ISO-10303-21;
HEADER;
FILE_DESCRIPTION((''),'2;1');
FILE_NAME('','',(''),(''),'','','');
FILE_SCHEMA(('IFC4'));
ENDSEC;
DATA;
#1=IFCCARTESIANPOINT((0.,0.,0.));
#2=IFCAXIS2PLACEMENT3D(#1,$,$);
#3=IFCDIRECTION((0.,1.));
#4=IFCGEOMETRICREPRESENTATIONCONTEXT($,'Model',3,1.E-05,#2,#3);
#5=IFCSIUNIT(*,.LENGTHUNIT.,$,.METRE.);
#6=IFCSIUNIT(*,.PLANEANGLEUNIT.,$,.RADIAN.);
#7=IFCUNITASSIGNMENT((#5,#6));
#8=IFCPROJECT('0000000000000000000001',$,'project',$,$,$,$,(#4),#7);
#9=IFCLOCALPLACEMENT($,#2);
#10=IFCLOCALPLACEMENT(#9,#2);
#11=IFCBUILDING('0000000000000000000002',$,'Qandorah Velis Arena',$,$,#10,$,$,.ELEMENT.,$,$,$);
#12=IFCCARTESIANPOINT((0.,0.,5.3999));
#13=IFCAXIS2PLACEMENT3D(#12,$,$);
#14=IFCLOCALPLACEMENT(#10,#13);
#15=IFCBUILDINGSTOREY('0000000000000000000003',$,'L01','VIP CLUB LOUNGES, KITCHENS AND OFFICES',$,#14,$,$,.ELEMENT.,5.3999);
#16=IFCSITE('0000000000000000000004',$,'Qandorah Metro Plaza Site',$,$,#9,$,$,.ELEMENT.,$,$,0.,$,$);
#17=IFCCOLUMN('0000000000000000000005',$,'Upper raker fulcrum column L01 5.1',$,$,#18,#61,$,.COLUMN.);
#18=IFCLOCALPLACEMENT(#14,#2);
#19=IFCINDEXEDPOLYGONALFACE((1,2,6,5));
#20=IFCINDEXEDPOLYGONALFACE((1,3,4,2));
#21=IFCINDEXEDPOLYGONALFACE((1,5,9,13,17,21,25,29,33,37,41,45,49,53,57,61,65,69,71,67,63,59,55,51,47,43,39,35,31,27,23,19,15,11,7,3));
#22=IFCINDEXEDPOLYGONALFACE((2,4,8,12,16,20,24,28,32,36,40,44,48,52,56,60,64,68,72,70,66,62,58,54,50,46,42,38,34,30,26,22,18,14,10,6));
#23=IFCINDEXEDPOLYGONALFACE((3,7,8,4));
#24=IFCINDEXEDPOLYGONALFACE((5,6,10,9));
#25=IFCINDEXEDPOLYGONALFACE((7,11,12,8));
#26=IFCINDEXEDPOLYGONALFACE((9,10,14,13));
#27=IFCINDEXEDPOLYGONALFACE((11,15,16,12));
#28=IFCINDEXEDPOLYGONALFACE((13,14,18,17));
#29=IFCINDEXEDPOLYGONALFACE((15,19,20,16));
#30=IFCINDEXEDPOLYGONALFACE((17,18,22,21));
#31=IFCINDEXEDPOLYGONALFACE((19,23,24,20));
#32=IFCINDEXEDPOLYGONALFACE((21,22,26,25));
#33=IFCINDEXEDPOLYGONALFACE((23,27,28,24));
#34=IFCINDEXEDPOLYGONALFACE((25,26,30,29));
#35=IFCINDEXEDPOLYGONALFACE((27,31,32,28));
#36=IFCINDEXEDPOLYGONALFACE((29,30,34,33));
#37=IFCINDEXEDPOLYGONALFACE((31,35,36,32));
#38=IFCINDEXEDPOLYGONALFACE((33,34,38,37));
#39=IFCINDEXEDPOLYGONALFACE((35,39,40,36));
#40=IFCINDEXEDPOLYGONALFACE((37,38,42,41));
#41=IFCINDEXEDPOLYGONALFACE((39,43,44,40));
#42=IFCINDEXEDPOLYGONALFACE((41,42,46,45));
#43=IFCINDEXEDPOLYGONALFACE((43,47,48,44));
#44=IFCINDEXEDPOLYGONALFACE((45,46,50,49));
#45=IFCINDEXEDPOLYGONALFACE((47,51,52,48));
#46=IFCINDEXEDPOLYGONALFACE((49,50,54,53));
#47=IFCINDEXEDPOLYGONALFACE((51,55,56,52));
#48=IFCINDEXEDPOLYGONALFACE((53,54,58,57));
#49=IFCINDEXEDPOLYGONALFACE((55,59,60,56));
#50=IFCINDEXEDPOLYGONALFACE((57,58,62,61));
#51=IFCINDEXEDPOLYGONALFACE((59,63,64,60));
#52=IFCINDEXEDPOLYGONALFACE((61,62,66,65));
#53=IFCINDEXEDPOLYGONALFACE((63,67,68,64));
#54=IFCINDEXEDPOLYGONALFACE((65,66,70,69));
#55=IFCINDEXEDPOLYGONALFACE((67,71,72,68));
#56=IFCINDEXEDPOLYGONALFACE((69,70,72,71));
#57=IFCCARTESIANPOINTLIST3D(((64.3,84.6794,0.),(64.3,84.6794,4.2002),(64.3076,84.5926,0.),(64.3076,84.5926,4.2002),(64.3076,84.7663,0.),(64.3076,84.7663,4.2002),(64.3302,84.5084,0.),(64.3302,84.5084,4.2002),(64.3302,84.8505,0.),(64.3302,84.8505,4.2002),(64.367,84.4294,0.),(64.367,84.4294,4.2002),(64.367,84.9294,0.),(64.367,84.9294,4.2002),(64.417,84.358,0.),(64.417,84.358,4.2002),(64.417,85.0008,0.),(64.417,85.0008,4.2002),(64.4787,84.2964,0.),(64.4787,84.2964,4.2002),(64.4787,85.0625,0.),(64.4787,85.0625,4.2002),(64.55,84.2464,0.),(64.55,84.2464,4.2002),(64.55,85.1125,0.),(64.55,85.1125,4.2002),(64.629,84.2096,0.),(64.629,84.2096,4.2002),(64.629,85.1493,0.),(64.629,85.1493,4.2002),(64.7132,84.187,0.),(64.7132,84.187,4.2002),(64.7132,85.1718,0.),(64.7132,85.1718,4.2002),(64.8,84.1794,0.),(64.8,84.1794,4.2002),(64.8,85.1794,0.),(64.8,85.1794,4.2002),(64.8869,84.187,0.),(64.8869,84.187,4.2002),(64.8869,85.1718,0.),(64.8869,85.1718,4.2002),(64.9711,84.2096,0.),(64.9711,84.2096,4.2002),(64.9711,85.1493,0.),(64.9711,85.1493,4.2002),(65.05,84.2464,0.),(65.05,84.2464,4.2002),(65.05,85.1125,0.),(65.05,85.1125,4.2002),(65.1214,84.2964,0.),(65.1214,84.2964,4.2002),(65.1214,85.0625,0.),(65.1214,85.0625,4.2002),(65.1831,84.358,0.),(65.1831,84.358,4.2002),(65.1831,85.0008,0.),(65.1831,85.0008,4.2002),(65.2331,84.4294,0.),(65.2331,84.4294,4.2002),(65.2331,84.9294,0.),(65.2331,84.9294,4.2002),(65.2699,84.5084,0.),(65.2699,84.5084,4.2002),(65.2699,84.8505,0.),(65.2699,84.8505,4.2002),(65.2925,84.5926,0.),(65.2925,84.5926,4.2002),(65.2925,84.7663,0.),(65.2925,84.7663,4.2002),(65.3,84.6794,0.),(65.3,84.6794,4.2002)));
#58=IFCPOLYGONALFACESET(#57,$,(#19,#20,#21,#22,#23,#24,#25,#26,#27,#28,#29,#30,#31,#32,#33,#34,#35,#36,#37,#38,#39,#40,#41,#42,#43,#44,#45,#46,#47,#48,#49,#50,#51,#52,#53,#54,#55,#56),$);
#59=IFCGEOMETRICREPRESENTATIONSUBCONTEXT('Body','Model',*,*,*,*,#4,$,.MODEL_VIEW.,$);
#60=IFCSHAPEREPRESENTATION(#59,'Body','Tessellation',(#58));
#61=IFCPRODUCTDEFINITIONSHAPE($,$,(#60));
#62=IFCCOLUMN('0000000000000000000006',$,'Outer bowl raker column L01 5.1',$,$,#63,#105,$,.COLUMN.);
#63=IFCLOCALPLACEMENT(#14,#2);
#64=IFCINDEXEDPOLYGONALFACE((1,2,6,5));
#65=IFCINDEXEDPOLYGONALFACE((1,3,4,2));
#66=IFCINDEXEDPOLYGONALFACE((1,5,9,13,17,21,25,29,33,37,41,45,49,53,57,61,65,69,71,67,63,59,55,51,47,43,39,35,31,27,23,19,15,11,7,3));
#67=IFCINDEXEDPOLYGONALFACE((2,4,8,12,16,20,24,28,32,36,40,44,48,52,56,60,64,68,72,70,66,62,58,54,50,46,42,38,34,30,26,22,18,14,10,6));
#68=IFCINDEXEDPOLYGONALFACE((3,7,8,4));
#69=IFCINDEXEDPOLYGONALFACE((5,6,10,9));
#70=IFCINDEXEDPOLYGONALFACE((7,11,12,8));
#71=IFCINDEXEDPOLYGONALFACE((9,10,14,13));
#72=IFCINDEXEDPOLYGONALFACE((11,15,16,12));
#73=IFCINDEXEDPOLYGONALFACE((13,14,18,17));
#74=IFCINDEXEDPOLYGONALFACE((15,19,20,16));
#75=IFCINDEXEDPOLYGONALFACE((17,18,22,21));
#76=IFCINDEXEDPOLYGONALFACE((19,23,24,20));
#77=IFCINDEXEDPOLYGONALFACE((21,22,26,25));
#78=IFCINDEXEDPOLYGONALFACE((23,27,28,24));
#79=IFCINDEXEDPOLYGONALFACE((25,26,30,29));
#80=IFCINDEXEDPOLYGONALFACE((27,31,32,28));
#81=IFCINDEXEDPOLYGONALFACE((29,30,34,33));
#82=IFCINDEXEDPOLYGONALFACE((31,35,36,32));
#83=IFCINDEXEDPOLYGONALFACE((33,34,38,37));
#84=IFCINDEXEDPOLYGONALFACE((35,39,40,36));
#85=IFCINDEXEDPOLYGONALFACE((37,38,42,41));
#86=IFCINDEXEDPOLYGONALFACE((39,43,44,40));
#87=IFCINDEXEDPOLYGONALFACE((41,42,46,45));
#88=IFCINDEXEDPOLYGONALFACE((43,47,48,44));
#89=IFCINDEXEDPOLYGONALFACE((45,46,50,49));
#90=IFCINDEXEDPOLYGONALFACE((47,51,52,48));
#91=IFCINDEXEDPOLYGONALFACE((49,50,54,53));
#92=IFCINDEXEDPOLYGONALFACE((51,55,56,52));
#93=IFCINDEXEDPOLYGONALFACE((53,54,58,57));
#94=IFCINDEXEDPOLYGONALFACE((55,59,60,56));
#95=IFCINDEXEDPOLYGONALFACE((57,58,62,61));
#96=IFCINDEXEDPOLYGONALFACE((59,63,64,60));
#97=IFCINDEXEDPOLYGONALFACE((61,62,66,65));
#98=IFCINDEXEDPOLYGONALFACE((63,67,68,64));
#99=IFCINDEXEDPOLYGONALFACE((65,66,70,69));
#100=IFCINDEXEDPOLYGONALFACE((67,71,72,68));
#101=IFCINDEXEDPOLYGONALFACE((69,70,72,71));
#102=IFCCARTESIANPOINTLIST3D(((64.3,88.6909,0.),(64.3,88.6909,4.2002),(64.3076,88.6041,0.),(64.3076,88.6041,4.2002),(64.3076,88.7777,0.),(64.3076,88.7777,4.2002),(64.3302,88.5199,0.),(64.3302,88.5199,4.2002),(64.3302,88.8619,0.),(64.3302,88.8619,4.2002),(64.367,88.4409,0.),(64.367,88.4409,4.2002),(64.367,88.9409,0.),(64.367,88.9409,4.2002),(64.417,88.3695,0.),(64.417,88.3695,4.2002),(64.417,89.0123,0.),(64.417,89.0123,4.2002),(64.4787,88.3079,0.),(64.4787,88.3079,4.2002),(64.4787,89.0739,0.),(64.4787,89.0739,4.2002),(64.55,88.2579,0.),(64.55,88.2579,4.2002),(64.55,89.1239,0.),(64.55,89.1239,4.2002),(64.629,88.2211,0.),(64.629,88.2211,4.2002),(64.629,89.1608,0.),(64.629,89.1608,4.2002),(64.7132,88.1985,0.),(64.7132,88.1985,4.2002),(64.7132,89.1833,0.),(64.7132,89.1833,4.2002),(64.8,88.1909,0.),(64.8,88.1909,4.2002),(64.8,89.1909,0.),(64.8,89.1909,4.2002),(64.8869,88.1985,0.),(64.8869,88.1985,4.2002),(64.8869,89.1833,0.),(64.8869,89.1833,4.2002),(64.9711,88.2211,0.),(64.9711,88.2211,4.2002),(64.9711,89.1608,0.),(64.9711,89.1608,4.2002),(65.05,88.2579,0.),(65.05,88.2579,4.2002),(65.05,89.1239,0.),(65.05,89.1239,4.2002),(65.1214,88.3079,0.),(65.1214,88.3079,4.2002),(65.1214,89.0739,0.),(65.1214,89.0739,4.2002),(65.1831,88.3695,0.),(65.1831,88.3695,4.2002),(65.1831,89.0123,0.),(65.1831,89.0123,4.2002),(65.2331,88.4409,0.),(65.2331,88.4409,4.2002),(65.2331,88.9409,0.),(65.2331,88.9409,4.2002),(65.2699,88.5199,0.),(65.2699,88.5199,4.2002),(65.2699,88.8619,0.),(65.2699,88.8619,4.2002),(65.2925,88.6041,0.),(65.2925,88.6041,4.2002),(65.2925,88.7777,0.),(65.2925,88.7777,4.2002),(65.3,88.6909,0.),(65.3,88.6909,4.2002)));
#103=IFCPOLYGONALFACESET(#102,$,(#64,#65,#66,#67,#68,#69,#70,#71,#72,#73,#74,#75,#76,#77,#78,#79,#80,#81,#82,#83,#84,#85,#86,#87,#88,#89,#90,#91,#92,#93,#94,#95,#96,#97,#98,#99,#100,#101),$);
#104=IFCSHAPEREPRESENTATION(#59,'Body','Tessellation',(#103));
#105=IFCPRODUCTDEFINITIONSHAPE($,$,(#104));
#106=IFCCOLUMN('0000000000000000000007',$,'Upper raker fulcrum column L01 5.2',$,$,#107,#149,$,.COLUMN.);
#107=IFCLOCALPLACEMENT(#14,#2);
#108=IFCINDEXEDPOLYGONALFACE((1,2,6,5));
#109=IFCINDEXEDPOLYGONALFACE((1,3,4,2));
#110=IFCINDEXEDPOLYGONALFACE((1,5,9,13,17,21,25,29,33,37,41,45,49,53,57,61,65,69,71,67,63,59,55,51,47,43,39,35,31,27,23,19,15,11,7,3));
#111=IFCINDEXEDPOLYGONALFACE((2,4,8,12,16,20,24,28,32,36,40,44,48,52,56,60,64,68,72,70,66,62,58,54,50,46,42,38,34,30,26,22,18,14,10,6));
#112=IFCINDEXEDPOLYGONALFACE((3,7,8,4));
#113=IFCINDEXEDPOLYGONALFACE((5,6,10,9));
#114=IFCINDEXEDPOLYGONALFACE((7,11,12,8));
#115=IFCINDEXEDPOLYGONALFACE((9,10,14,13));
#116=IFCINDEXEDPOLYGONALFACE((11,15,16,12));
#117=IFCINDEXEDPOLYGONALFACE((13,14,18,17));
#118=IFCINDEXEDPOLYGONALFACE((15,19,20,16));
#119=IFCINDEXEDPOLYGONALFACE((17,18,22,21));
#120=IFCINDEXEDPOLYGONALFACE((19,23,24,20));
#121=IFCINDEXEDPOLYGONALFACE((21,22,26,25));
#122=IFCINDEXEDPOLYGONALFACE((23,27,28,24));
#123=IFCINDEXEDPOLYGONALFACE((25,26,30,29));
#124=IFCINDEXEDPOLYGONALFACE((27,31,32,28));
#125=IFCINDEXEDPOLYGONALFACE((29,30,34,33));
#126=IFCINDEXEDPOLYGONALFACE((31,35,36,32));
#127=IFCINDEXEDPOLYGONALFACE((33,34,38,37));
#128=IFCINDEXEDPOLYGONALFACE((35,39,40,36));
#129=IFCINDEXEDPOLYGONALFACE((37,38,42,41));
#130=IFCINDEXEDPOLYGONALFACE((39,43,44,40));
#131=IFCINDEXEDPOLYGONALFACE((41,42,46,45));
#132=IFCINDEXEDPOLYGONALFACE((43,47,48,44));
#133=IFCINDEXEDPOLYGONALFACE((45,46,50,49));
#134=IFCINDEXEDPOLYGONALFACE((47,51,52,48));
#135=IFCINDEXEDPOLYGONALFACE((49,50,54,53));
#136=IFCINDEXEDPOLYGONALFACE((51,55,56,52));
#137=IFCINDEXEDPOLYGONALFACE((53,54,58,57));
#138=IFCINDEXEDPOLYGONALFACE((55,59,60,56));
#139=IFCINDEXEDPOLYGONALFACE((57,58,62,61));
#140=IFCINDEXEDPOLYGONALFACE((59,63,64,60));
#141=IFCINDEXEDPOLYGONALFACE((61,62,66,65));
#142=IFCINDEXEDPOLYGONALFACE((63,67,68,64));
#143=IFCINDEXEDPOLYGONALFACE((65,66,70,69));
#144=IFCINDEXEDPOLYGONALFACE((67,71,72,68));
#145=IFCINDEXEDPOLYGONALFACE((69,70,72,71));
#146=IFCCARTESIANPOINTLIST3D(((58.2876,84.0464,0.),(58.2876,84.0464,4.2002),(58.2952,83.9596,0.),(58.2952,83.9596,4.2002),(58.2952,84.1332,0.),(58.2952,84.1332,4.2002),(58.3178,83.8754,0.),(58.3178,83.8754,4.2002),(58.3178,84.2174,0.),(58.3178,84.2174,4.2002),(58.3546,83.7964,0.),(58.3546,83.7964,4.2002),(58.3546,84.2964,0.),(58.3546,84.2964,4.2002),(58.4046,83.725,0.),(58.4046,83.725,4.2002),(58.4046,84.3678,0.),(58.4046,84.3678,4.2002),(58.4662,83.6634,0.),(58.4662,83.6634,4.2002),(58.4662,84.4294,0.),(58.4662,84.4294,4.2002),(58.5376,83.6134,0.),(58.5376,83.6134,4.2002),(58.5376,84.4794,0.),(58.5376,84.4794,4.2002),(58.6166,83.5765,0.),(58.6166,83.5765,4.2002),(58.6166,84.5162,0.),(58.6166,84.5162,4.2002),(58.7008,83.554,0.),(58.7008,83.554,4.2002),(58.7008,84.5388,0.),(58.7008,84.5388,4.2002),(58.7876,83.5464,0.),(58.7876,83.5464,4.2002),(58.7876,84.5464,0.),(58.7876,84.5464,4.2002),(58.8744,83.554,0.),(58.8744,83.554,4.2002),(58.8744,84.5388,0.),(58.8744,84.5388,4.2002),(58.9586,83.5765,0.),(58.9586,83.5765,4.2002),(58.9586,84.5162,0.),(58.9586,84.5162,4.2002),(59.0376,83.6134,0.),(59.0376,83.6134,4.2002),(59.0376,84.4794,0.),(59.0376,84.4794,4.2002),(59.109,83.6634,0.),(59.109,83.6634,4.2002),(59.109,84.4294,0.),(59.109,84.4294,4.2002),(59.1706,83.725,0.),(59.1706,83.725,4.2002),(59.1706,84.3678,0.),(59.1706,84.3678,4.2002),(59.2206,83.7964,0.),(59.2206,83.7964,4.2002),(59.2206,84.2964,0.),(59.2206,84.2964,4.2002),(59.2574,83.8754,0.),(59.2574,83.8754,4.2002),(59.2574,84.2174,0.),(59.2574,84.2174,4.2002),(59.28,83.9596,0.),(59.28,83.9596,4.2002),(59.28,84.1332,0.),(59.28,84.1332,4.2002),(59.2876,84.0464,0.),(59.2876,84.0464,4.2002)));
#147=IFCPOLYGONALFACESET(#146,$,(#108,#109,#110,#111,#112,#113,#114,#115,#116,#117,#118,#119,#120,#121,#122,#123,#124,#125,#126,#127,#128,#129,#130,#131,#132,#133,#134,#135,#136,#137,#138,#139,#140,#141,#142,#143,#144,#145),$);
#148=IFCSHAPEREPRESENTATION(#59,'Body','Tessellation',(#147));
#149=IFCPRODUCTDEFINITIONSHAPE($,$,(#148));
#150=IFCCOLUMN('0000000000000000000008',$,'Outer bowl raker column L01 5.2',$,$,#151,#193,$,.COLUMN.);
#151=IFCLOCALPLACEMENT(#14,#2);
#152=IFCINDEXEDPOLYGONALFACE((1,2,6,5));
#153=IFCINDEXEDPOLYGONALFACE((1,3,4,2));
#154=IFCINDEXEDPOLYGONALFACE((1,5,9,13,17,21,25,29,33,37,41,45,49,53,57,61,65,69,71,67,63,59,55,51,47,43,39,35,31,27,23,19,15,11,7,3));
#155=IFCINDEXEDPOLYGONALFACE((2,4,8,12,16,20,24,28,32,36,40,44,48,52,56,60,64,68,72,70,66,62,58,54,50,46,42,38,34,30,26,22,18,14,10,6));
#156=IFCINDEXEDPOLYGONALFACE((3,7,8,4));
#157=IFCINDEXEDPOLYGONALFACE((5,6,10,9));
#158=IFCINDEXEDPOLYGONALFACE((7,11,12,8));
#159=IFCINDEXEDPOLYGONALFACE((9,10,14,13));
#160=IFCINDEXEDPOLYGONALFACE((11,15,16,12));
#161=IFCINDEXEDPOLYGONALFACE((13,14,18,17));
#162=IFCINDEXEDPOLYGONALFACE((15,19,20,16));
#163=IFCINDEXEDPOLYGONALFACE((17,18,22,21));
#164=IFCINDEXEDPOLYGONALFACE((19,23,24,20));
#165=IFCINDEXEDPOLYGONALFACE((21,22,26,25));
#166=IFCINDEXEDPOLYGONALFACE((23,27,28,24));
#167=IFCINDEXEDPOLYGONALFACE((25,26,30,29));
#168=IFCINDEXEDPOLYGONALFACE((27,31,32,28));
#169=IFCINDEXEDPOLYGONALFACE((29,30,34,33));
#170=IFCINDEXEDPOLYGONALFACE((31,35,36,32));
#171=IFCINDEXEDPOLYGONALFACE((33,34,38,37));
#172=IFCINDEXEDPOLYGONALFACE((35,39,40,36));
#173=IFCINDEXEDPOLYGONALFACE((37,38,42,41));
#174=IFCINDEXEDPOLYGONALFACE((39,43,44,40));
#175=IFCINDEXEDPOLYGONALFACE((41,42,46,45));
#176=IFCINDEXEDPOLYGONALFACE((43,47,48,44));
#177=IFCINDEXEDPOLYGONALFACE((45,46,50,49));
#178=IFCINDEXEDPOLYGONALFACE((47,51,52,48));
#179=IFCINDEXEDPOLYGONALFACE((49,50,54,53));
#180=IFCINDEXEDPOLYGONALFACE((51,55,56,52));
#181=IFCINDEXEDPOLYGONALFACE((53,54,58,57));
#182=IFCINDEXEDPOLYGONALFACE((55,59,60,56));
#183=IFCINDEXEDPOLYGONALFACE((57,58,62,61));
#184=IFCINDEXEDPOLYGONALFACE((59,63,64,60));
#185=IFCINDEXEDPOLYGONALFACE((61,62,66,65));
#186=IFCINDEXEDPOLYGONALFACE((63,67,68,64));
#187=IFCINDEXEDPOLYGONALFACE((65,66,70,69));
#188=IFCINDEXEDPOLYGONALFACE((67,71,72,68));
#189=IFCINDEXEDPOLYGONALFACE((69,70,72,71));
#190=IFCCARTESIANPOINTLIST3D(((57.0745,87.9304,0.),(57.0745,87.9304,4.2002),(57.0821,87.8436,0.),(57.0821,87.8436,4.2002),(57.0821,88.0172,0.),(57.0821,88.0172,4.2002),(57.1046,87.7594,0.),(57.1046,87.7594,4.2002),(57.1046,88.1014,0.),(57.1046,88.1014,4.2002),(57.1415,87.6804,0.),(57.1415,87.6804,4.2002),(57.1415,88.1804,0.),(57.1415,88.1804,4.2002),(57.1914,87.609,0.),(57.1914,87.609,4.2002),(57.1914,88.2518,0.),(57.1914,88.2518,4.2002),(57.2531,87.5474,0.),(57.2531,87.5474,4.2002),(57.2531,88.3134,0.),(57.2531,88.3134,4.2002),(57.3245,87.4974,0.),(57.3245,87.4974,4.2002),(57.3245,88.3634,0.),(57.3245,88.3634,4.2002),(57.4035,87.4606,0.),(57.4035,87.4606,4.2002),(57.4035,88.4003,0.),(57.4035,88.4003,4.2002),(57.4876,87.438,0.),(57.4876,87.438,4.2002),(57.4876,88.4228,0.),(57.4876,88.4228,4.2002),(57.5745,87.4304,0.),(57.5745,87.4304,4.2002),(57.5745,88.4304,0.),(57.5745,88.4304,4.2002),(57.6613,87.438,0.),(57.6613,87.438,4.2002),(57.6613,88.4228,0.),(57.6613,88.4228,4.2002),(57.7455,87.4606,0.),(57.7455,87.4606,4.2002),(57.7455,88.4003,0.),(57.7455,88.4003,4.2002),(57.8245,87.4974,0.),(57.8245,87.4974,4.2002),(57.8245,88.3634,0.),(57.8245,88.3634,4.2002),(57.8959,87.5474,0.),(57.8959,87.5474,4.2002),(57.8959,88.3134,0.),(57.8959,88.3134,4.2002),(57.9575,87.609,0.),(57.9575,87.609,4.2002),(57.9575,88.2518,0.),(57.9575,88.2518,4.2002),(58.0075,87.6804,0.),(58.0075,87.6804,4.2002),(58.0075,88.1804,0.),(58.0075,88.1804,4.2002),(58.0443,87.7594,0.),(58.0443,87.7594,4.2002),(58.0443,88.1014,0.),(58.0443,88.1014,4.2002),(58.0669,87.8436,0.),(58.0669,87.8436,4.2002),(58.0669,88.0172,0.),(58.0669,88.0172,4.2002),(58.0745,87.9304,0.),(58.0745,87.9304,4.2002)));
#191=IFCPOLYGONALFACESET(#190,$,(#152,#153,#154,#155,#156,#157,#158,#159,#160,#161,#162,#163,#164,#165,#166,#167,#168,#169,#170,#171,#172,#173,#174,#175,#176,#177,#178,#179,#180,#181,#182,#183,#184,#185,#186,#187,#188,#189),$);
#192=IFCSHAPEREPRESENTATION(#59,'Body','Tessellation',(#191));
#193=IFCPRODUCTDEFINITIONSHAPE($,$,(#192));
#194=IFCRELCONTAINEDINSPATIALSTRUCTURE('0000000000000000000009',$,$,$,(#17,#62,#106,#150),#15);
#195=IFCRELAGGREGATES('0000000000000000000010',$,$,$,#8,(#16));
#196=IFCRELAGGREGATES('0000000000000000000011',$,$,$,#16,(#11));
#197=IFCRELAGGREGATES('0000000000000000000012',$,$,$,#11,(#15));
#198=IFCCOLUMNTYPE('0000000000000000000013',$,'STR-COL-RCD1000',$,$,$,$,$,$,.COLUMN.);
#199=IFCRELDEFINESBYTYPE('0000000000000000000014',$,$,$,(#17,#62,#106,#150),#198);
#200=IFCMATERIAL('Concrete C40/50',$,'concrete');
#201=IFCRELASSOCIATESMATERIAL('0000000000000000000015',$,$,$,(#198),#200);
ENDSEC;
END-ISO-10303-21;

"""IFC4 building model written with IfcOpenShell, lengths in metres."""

from ifc_helpers import new_model, si_unit, direction, frame, origin, origin_2d, place, context, subcontext, project, spatial, circle, extrude, material, material_profile, profile_set, type_object, element, save


model = new_model("IFC4")

# Units and contexts
model_context = context("Model", 3, precision=1e-05, world=origin(), true_north=direction((0.0, 1.0)))
body_context = subcontext(model_context, "Body", "Model", "MODEL_VIEW")
ifc_project = project(units=[si_unit("LENGTHUNIT", "METRE"), si_unit("PLANEANGLEUNIT", "RADIAN")], contexts=[model_context])

# Site, building, storey
site_placement = place(None, origin())
site = spatial("IfcSite", under=ifc_project, at=site_placement, Name="Qandorah Metro Plaza Site", CompositionType="ELEMENT", RefElevation=0.0)
building_placement = place(site_placement, origin())
building = spatial("IfcBuilding", under=site, at=building_placement, Name="Qandorah Velis Arena", CompositionType="ELEMENT")
storey_placement = place(building_placement, frame((0.0, 0.0, 5.3999)))
storey = spatial("IfcBuildingStorey", under=building, at=storey_placement, Name="L01", Description="VIP CLUB LOUNGES, KITCHENS AND OFFICES", CompositionType="ELEMENT", Elevation=5.3999)

# Columns
ifc_material_1 = material(Name="Concrete C40/50", Category="concrete")
ifc_material_profile_1 = material_profile(ifc_material_1, circle(Radius=0.5, at=origin_2d()), Name="RC D1000")
ifc_profile_set_1 = profile_set([ifc_material_profile_1], Name="Concrete C40/50")
column_type = type_object("IfcColumnType", Name="STR-COL-RCD1000", PredefinedType="COLUMN", material=ifc_profile_set_1)
for number, where, z_axis, x_axis, name in (
    (1, (64.8, 84.6794, 0.0), (0.0, 0.0, 1.0), (1.0, 0.0, 0.0), "Upper raker fulcrum column L01 5.1"),
    (2, (64.8, 88.6909, 0.0), (0.0, 0.0, 1.0), (1.0, 0.0, 0.0), "Outer bowl raker column L01 5.1"),
    (3, (58.7876, 84.0464, 0.0), (0.0, 0.0, 1.0), (1.0, 0.0, 0.0), "Upper raker fulcrum column L01 5.2"),
    (4, (57.5745, 87.9304, 0.0), (0.0, 0.0, 1.0), (1.0, 0.0, 0.0), "Outer bowl raker column L01 5.2"),
):
    element("IfcColumn", number, at=place(storey_placement, frame(where, z_axis=z_axis, x_axis=x_axis)), inside=storey, type_object=column_type, Name=name, PredefinedType="COLUMN", context=body_context, shape_type="SweptSolid", body=[
        extrude(circle(Radius=0.5, at=origin_2d()), origin(), (0.0, 0.0, 1.0), 4.2002),
    ])

save(model, "model.ifc")
